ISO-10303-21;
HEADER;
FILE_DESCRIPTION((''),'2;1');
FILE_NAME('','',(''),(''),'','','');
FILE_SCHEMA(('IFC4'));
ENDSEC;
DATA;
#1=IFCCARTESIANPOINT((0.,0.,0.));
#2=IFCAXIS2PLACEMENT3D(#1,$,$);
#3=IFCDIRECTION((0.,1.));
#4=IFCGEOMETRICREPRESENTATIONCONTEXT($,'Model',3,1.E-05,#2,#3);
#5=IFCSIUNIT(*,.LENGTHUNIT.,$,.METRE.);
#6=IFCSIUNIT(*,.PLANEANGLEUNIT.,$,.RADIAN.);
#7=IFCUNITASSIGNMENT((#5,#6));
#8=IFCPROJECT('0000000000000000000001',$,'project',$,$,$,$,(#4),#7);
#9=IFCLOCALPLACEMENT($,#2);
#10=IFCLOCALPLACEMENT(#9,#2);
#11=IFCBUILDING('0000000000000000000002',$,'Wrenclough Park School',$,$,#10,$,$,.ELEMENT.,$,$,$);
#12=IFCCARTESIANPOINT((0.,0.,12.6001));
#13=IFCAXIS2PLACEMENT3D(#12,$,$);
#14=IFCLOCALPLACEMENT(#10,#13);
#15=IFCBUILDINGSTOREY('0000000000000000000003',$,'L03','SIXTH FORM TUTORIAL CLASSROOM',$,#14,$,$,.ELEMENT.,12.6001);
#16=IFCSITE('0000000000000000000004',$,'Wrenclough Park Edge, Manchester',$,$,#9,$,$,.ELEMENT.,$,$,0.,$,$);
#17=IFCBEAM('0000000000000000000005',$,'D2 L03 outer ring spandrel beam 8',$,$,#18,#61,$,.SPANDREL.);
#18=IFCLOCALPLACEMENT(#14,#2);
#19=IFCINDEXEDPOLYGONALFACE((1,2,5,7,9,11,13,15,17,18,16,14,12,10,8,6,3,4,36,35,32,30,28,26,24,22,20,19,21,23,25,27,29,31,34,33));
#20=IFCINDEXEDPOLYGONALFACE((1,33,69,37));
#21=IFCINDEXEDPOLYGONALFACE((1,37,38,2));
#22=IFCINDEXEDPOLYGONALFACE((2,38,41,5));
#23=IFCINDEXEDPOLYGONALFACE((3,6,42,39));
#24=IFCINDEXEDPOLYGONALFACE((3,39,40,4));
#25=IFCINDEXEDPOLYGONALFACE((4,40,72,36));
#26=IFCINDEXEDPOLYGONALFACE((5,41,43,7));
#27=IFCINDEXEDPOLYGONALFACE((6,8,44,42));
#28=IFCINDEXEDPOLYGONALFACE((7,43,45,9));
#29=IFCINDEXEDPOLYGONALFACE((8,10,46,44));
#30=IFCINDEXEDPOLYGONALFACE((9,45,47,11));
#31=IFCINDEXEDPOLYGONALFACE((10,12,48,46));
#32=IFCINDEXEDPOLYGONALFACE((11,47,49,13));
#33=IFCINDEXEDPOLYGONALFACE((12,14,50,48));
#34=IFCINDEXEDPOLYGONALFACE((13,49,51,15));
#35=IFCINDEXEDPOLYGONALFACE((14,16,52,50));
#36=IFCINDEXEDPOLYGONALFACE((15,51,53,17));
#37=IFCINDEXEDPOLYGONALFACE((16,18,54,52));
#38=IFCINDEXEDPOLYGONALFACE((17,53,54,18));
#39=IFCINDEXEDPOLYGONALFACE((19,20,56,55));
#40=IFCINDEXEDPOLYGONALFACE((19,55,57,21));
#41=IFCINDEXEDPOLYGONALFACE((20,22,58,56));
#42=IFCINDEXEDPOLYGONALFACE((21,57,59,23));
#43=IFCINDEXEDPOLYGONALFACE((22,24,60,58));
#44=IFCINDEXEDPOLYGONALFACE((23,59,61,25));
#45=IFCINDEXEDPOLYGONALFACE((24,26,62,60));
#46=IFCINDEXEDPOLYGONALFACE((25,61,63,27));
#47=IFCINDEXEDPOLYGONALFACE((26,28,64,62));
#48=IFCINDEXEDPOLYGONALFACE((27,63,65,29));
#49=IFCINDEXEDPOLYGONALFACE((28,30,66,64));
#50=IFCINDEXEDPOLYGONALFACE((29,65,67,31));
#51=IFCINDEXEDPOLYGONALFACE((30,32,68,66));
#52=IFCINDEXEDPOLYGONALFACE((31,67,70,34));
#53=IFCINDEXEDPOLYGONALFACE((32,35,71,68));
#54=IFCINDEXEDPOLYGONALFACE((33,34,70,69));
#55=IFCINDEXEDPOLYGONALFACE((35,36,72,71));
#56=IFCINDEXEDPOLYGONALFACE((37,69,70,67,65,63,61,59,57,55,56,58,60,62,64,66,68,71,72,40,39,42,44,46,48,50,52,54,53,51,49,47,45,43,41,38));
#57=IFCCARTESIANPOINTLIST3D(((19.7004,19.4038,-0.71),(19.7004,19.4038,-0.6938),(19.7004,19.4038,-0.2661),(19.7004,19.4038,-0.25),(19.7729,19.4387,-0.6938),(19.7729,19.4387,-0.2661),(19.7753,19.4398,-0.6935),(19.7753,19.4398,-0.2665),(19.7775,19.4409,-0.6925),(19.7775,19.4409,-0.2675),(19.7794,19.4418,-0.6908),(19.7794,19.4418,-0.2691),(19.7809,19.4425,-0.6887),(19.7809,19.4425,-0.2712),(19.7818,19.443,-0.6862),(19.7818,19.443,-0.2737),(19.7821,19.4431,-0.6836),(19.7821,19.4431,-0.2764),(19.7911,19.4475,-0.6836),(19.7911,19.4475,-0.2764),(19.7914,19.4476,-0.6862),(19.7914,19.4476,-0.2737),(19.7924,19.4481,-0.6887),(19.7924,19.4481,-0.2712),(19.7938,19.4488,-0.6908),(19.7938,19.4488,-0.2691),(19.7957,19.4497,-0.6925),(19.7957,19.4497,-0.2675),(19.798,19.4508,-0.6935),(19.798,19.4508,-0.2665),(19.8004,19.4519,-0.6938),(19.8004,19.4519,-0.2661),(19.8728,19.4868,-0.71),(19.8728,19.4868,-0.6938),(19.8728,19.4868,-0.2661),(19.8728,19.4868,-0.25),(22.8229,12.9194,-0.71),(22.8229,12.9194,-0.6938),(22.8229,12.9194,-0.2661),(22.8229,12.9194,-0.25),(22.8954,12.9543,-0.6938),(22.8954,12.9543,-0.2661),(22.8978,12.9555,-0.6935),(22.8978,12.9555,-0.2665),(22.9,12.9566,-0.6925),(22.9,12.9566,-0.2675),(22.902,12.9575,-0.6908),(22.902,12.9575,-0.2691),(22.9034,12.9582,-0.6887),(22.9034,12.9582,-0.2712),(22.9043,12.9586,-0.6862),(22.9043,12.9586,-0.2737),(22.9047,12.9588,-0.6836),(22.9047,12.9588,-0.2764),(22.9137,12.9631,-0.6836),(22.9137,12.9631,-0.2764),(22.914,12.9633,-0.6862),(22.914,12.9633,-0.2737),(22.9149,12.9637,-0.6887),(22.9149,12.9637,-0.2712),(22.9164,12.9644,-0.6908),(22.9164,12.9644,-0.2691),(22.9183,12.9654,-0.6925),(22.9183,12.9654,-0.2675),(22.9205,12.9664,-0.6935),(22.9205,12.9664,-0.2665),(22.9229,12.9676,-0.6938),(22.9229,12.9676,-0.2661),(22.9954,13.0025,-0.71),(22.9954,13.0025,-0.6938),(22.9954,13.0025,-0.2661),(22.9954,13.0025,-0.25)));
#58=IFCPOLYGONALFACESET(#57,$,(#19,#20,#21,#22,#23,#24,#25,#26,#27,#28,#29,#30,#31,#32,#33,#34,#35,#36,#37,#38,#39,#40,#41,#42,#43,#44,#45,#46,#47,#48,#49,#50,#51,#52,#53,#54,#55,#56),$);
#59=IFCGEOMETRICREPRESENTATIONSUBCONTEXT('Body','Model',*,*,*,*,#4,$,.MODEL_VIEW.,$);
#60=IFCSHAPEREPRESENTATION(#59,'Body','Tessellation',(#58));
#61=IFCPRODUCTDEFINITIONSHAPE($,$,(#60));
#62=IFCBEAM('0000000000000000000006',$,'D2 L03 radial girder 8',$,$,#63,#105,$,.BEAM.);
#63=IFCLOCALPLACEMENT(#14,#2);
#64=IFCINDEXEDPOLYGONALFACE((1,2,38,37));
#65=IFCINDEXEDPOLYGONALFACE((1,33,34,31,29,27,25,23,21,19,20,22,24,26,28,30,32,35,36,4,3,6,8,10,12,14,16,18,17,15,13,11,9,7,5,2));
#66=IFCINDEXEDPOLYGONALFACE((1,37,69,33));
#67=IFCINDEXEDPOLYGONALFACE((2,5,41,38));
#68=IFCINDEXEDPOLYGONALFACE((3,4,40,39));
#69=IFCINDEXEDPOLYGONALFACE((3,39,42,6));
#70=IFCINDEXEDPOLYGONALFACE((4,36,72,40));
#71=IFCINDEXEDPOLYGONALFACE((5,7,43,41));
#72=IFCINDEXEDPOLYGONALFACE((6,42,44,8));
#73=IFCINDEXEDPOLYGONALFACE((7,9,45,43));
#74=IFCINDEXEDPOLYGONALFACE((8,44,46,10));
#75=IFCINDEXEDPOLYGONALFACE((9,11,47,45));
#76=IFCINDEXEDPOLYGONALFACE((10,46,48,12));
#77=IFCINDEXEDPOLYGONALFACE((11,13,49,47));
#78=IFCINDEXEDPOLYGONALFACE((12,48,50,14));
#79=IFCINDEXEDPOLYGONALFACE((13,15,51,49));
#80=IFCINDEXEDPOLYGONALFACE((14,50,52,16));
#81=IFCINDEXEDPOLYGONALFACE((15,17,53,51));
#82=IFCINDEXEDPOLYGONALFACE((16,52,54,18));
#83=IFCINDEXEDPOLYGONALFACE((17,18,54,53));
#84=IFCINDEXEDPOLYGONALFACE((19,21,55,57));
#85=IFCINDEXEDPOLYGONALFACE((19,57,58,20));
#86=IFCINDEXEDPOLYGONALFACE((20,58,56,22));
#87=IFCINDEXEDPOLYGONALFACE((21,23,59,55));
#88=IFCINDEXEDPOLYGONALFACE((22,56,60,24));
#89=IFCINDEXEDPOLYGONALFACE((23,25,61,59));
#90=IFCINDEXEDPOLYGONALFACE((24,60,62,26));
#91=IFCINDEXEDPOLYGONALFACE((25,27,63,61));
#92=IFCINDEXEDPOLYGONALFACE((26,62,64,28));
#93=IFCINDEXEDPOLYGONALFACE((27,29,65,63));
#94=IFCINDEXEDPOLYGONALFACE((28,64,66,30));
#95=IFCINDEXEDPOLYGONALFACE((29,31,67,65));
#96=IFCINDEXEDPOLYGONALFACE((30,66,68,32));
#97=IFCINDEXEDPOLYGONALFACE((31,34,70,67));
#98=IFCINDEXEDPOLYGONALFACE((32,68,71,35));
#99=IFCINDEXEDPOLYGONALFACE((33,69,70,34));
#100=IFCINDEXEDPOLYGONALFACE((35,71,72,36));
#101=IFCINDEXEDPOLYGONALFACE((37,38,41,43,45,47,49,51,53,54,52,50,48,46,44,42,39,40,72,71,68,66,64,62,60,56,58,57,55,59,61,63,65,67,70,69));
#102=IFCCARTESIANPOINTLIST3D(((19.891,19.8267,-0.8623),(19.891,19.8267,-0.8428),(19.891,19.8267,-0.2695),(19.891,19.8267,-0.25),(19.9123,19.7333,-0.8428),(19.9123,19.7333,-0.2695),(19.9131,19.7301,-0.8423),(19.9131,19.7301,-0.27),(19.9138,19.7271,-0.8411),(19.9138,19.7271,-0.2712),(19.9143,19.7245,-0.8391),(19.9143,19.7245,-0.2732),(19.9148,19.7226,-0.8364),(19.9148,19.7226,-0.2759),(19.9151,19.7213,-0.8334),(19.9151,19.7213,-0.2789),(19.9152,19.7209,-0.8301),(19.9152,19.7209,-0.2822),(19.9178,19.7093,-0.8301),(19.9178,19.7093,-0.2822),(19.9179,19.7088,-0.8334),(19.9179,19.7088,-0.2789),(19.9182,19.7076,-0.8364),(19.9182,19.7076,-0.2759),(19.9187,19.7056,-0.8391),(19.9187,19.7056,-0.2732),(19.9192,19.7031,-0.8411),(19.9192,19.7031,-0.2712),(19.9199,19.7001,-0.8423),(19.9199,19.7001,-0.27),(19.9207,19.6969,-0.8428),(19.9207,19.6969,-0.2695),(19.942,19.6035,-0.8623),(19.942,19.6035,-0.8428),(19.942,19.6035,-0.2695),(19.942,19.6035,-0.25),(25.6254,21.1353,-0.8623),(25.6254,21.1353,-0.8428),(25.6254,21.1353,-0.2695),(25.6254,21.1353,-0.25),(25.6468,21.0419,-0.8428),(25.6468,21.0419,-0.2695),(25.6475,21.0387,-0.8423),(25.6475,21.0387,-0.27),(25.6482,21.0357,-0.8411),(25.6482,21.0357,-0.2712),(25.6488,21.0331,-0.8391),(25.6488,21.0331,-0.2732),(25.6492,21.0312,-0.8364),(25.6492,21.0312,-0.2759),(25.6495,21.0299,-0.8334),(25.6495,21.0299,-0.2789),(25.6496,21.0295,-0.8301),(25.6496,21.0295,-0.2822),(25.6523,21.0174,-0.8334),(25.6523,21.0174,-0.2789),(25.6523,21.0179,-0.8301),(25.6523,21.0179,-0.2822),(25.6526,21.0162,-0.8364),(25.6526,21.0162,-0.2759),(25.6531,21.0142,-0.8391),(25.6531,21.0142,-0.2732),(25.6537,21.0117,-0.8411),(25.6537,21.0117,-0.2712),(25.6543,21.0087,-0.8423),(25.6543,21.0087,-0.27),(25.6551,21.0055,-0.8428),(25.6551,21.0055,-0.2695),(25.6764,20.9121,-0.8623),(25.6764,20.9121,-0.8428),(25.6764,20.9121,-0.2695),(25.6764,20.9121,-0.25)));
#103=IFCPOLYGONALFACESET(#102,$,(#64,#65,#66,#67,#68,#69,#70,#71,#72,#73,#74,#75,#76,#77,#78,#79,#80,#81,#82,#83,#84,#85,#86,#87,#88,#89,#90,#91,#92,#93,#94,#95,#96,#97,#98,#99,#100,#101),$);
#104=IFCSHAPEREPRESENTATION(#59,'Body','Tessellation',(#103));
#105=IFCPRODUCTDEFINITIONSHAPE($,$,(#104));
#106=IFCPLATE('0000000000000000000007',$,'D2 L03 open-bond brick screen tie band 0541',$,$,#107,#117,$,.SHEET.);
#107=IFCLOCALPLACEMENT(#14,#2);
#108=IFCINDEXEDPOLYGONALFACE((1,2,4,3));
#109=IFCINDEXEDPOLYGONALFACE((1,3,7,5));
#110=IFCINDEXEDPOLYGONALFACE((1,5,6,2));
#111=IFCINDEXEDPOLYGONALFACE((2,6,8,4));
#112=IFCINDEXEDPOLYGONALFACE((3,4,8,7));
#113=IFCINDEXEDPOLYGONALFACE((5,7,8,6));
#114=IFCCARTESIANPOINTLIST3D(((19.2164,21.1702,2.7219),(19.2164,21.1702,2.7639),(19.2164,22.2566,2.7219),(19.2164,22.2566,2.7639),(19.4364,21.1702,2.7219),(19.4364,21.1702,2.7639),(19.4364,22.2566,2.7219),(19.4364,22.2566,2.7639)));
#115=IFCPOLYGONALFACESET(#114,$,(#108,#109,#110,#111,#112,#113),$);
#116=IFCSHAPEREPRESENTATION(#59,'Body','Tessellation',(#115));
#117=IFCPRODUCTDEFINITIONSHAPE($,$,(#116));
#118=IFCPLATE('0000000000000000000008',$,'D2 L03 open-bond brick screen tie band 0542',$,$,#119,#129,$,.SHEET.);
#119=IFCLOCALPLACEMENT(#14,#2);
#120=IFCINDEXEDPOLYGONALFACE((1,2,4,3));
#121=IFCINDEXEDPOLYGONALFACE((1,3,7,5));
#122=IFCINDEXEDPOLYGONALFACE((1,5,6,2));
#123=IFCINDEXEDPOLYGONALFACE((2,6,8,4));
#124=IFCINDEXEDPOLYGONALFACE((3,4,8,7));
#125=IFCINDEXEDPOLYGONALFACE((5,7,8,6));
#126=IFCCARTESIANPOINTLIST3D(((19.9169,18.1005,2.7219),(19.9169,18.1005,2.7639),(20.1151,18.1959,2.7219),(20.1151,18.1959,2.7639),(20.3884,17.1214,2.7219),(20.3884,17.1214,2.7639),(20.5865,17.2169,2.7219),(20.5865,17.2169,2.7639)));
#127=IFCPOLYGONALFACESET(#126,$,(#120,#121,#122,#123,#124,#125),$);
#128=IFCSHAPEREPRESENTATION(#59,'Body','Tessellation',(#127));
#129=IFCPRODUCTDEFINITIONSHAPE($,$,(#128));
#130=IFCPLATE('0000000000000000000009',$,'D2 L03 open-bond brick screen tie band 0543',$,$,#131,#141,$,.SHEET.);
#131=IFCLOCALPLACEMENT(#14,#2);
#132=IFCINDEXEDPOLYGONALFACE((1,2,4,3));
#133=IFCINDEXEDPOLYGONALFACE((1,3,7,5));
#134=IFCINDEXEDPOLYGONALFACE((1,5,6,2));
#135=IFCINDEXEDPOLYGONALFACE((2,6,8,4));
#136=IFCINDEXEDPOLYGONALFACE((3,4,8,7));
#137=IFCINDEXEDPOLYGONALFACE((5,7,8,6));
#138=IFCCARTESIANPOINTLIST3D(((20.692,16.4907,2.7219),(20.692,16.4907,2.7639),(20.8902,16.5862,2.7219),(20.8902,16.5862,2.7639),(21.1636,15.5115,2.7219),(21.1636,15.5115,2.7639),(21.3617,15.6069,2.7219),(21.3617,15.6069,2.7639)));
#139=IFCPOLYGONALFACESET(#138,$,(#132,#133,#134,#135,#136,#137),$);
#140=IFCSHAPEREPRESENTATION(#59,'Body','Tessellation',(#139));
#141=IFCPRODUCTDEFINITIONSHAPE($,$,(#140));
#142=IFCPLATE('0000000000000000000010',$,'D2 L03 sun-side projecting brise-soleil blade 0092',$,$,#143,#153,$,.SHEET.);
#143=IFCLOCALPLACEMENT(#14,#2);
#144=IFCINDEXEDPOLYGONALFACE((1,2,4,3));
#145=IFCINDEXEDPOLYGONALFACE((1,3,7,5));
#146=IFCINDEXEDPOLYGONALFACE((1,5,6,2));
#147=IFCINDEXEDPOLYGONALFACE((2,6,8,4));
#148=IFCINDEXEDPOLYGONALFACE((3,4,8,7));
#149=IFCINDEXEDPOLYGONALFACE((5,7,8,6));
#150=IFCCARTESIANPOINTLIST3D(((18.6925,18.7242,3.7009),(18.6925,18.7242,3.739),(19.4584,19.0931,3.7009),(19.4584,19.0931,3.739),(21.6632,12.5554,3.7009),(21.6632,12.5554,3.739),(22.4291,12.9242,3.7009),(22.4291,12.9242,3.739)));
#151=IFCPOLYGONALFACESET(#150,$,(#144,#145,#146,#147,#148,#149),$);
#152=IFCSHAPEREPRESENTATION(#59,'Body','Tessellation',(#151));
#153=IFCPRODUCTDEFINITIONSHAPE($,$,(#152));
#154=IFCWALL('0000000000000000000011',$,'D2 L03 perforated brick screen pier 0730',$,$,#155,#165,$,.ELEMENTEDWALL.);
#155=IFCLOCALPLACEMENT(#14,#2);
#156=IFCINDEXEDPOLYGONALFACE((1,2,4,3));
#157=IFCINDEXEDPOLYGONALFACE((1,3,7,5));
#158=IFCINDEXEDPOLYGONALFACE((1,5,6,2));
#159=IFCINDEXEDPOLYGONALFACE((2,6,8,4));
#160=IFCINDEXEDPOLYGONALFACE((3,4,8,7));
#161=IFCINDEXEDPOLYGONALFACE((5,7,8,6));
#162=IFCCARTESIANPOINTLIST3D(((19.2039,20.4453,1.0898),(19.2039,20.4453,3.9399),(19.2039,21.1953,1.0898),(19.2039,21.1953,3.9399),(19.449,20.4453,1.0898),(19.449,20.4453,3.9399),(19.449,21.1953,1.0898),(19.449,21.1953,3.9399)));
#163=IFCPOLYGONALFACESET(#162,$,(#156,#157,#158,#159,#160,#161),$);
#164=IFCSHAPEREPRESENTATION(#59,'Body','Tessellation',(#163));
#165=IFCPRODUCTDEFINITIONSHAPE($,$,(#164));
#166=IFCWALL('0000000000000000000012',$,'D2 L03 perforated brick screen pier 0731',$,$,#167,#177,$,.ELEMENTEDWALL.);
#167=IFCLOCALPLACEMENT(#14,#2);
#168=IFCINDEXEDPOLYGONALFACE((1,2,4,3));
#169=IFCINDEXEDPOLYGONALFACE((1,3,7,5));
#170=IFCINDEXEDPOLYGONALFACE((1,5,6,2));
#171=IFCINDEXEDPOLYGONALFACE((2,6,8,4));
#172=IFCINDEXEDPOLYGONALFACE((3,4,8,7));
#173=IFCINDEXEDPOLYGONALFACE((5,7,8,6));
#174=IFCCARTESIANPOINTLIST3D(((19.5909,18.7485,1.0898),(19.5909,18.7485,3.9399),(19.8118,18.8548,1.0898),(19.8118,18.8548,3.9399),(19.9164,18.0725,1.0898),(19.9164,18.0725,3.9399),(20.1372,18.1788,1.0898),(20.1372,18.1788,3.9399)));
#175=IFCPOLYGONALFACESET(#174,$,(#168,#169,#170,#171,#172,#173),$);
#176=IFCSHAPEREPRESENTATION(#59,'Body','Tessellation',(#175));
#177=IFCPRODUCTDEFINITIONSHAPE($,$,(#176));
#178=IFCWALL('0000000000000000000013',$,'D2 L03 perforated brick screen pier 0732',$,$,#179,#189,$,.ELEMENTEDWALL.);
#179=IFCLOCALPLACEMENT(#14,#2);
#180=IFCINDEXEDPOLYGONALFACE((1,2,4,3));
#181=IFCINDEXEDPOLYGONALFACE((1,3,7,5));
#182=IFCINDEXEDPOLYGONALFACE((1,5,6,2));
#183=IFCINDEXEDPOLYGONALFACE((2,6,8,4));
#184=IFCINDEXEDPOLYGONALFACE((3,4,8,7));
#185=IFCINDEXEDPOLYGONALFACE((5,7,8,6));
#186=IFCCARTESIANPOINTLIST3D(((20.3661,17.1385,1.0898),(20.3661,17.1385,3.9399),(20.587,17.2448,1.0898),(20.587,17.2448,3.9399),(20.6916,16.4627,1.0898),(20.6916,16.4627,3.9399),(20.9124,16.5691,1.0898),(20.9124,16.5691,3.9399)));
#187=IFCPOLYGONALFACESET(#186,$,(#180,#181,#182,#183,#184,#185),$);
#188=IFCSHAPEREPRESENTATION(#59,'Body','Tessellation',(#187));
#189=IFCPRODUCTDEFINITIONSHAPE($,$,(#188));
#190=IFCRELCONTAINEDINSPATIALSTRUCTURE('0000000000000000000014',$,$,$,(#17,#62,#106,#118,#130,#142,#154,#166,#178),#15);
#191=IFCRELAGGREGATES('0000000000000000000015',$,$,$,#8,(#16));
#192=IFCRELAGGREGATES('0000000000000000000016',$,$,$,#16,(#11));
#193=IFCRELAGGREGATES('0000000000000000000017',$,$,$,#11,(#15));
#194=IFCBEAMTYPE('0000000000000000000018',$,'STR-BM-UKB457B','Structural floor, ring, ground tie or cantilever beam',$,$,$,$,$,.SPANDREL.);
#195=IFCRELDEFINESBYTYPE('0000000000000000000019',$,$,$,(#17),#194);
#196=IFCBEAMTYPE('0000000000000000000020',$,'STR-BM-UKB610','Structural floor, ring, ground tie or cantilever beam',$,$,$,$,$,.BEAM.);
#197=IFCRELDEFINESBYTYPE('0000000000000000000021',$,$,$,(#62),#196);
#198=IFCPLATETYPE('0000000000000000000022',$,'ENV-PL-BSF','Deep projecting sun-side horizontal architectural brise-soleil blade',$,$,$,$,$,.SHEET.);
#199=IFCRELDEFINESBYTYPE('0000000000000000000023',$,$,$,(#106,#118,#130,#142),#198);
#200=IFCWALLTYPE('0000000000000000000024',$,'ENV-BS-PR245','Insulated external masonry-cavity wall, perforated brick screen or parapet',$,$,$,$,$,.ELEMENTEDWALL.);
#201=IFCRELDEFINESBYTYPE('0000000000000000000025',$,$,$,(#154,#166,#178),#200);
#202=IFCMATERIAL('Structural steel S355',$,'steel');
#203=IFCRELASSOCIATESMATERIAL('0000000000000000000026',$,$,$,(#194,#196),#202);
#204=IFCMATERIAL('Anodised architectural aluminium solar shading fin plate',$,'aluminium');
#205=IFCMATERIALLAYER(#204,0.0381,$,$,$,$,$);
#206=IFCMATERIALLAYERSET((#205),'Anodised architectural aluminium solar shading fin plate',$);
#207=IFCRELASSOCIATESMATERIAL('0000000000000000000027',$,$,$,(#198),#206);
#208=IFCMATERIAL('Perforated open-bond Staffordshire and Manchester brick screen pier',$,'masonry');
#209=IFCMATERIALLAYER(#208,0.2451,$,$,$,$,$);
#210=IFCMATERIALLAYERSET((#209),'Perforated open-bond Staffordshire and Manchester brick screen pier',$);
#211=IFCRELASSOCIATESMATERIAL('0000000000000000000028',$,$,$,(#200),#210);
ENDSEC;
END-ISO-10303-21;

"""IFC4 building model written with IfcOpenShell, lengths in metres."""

from ifc_helpers import new_model, si_unit, direction, frame, frame_2d, origin, origin_2d, place, context, subcontext, project, spatial, rectangle, i_section, extrude, material, layer, layer_set, material_profile, profile_set, type_object, element, save


model = new_model("IFC4")

# Units and contexts
model_context = context("Model", 3, precision=1e-05, world=origin(), true_north=direction((0.0, 1.0)))
body_context = subcontext(model_context, "Body", "Model", "MODEL_VIEW")
ifc_project = project(units=[si_unit("LENGTHUNIT", "METRE"), si_unit("PLANEANGLEUNIT", "RADIAN")], contexts=[model_context])

# Site, building, storey
site_placement = place(None, origin())
site = spatial("IfcSite", under=ifc_project, at=site_placement, Name="Wrenclough Park Edge, Manchester", CompositionType="ELEMENT", RefElevation=0.0)
building_placement = place(site_placement, origin())
building = spatial("IfcBuilding", under=site, at=building_placement, Name="Wrenclough Park School", CompositionType="ELEMENT")
storey_placement = place(building_placement, frame((0.0, 0.0, 12.6001)))
storey = spatial("IfcBuildingStorey", under=building, at=storey_placement, Name="L03", Description="SIXTH FORM TUTORIAL CLASSROOM", CompositionType="ELEMENT", Elevation=12.6001)

# Beams
ifc_material_1 = material(Name="Structural steel S355", Category="steel")
ifc_material_profile_1 = material_profile(ifc_material_1, i_section(OverallWidth=0.1914, OverallDepth=0.46, WebThickness=0.01, FlangeThickness=0.0161, FilletRadius=0.0103, at=origin_2d()), Name="UKB 457x191x82")
ifc_profile_set_1 = profile_set([ifc_material_profile_1], Name="Structural steel S355")
beam_type_1 = type_object("IfcBeamType", Name="STR-BM-UKB457B", Description="Structural floor, ring, ground tie or cantilever beam", PredefinedType="SPANDREL", material=ifc_profile_set_1)
beam_1_placement = place(storey_placement, frame((19.7866, 19.4453, -0.48), z_axis=(0.433867, -0.900977, 0.0), x_axis=(0.900977, 0.433867, 0.0)))
element("IfcBeam", 1, at=beam_1_placement, inside=storey, type_object=beam_type_1, Name="D2 L03 outer ring spandrel beam 8", PredefinedType="SPANDREL", context=body_context, shape_type="SweptSolid", body=[
    extrude(i_section(OverallWidth=0.1914, OverallDepth=0.46, WebThickness=0.01, FlangeThickness=0.0161, FilletRadius=0.0103, at=origin_2d()), origin(), (0.0, 0.0, 1.0), 7.197),
])
ifc_material_profile_2 = material_profile(ifc_material_1, i_section(OverallWidth=0.229, OverallDepth=0.6123, WebThickness=0.012, FlangeThickness=0.0195, FilletRadius=0.0127, at=origin_2d()), Name="UKB 610x229x125")
ifc_profile_set_2 = profile_set([ifc_material_profile_2], Name="Structural steel S355")
beam_type_2 = type_object("IfcBeamType", Name="STR-BM-UKB610", Description="Structural floor, ring, ground tie or cantilever beam", PredefinedType="BEAM", material=ifc_profile_set_2)
beam_2_placement = place(storey_placement, frame((19.9165, 19.7151, -0.5562), z_axis=(0.974937, 0.222482, 0.0), x_axis=(-0.222482, 0.974937, 0.0)))
element("IfcBeam", 2, at=beam_2_placement, inside=storey, type_object=beam_type_2, Name="D2 L03 radial girder 8", PredefinedType="BEAM", context=body_context, shape_type="SweptSolid", body=[
    extrude(i_section(OverallWidth=0.229, OverallDepth=0.6123, WebThickness=0.012, FlangeThickness=0.0195, FilletRadius=0.0127, at=origin_2d()), origin(), (0.0, 0.0, 1.0), 5.8818),
])

# Plates
ifc_material_2 = material(Name="Anodised architectural aluminium solar shading fin plate", Category="aluminium")
ifc_layer_1 = layer(ifc_material_2, 0.0381)
ifc_layer_set_1 = layer_set([ifc_layer_1], Name="Anodised architectural aluminium solar shading fin plate")
plate_type = type_object("IfcPlateType", Name="ENV-PL-BSF", Description="Deep projecting sun-side horizontal architectural brise-soleil blade", PredefinedType="SHEET", material=ifc_layer_set_1)
plate_1_placement = place(storey_placement, frame((19.3264, 21.7134, 2.7219), z_axis=(0.0, 0.0, 1.0), x_axis=(0.0, -1.0, 0.0)))
element("IfcPlate", 3, at=plate_1_placement, inside=storey, type_object=plate_type, Name="D2 L03 open-bond brick screen tie band 0541", PredefinedType="SHEET", context=body_context, shape_type="SweptSolid", body=[
    extrude(rectangle(XDim=1.0864, YDim=0.22, at=origin_2d()), origin(), (0.0, 0.0, 1.0), 0.042),
])
plate_2_placement = place(storey_placement, frame((20.2517, 17.6587, 2.7219), z_axis=(0.0, 0.0, 1.0), x_axis=(0.433883, -0.900969, 0.0)))
element("IfcPlate", 4, at=plate_2_placement, inside=storey, type_object=plate_type, Name="D2 L03 open-bond brick screen tie band 0542", PredefinedType="SHEET", context=body_context, shape_type="SweptSolid", body=[
    extrude(rectangle(XDim=1.0867, YDim=0.22, at=origin_2d()), origin(), (0.0, 0.0, 1.0), 0.042),
])
plate_3_placement = place(storey_placement, frame((21.0269, 16.0488, 2.7219), z_axis=(0.0, 0.0, 1.0), x_axis=(0.433883, -0.900969, 0.0)))
element("IfcPlate", 5, at=plate_3_placement, inside=storey, type_object=plate_type, Name="D2 L03 open-bond brick screen tie band 0543", PredefinedType="SHEET", context=body_context, shape_type="SweptSolid", body=[
    extrude(rectangle(XDim=1.0869, YDim=0.22, at=origin_2d()), origin(), (0.0, 0.0, 1.0), 0.042),
])
plate_4_placement = place(storey_placement, frame((20.5608, 15.8242, 3.7009), z_axis=(0.0, 0.0, 1.0), x_axis=(0.433883, -0.900969, 0.0)))
element("IfcPlate", 6, at=plate_4_placement, inside=storey, type_object=plate_type, Name="D2 L03 sun-side projecting brise-soleil blade 0092", PredefinedType="SHEET", context=body_context, shape_type="SweptSolid", body=[
    extrude(rectangle(XDim=6.8469, YDim=0.8501, at=origin_2d()), origin(), (0.0, 0.0, 1.0), 0.0381),
])

# Walls
ifc_material_3 = material(Name="Perforated open-bond Staffordshire and Manchester brick screen pier", Category="masonry")
ifc_layer_2 = layer(ifc_material_3, 0.2451)
ifc_layer_set_2 = layer_set([ifc_layer_2], Name="Perforated open-bond Staffordshire and Manchester brick screen pier")
wall_type_1 = type_object("IfcWallType", Name="ENV-BS-PR245", Description="Insulated external masonry-cavity wall, perforated brick screen or parapet", PredefinedType="ELEMENTEDWALL", material=ifc_layer_set_2)
wall_1_placement = place(storey_placement, frame((19.3264, 21.1953, 1.0898), z_axis=(0.0, 0.0, 1.0), x_axis=(0.0, -1.0, 0.0)))
element("IfcWall", 7, at=wall_1_placement, inside=storey, type_object=wall_type_1, Name="D2 L03 perforated brick screen pier 0730", PredefinedType="ELEMENTEDWALL", context=body_context, shape_type="SweptSolid", body=[
    extrude(rectangle(XDim=0.75, YDim=0.2451, at=frame_2d((0.375, 0.0))), origin(), (0.0, 0.0, 1.0), 2.8501),
])
wall_2_placement = place(storey_placement, frame((19.7014, 18.8015, 1.0898), z_axis=(0.0, 0.0, 1.0), x_axis=(0.433757, -0.90103, 0.0)))
element("IfcWall", 8, at=wall_2_placement, inside=storey, type_object=wall_type_1, Name="D2 L03 perforated brick screen pier 0731", PredefinedType="ELEMENTEDWALL", context=body_context, shape_type="SweptSolid", body=[
    extrude(rectangle(XDim=0.7502, YDim=0.2451, at=frame_2d((0.375, 0.0))), origin(), (0.0, 0.0, 1.0), 2.8501),
])
for number, where, z_axis, x_axis, name in (
    (9, (20.4766, 17.1917, 1.0898), (0.0, 0.0, 1.0), (0.433884, -0.900969, 0.0), "D2 L03 perforated brick screen pier 0732"),
):
    element("IfcWall", number, at=place(storey_placement, frame(where, z_axis=z_axis, x_axis=x_axis)), inside=storey, type_object=wall_type_1, Name=name, PredefinedType="ELEMENTEDWALL", context=body_context, shape_type="SweptSolid", body=[
        extrude(rectangle(XDim=0.75, YDim=0.2451, at=frame_2d((0.375, 0.0))), origin(), (0.0, 0.0, 1.0), 2.8501),
    ])

save(model, "model.ifc")
